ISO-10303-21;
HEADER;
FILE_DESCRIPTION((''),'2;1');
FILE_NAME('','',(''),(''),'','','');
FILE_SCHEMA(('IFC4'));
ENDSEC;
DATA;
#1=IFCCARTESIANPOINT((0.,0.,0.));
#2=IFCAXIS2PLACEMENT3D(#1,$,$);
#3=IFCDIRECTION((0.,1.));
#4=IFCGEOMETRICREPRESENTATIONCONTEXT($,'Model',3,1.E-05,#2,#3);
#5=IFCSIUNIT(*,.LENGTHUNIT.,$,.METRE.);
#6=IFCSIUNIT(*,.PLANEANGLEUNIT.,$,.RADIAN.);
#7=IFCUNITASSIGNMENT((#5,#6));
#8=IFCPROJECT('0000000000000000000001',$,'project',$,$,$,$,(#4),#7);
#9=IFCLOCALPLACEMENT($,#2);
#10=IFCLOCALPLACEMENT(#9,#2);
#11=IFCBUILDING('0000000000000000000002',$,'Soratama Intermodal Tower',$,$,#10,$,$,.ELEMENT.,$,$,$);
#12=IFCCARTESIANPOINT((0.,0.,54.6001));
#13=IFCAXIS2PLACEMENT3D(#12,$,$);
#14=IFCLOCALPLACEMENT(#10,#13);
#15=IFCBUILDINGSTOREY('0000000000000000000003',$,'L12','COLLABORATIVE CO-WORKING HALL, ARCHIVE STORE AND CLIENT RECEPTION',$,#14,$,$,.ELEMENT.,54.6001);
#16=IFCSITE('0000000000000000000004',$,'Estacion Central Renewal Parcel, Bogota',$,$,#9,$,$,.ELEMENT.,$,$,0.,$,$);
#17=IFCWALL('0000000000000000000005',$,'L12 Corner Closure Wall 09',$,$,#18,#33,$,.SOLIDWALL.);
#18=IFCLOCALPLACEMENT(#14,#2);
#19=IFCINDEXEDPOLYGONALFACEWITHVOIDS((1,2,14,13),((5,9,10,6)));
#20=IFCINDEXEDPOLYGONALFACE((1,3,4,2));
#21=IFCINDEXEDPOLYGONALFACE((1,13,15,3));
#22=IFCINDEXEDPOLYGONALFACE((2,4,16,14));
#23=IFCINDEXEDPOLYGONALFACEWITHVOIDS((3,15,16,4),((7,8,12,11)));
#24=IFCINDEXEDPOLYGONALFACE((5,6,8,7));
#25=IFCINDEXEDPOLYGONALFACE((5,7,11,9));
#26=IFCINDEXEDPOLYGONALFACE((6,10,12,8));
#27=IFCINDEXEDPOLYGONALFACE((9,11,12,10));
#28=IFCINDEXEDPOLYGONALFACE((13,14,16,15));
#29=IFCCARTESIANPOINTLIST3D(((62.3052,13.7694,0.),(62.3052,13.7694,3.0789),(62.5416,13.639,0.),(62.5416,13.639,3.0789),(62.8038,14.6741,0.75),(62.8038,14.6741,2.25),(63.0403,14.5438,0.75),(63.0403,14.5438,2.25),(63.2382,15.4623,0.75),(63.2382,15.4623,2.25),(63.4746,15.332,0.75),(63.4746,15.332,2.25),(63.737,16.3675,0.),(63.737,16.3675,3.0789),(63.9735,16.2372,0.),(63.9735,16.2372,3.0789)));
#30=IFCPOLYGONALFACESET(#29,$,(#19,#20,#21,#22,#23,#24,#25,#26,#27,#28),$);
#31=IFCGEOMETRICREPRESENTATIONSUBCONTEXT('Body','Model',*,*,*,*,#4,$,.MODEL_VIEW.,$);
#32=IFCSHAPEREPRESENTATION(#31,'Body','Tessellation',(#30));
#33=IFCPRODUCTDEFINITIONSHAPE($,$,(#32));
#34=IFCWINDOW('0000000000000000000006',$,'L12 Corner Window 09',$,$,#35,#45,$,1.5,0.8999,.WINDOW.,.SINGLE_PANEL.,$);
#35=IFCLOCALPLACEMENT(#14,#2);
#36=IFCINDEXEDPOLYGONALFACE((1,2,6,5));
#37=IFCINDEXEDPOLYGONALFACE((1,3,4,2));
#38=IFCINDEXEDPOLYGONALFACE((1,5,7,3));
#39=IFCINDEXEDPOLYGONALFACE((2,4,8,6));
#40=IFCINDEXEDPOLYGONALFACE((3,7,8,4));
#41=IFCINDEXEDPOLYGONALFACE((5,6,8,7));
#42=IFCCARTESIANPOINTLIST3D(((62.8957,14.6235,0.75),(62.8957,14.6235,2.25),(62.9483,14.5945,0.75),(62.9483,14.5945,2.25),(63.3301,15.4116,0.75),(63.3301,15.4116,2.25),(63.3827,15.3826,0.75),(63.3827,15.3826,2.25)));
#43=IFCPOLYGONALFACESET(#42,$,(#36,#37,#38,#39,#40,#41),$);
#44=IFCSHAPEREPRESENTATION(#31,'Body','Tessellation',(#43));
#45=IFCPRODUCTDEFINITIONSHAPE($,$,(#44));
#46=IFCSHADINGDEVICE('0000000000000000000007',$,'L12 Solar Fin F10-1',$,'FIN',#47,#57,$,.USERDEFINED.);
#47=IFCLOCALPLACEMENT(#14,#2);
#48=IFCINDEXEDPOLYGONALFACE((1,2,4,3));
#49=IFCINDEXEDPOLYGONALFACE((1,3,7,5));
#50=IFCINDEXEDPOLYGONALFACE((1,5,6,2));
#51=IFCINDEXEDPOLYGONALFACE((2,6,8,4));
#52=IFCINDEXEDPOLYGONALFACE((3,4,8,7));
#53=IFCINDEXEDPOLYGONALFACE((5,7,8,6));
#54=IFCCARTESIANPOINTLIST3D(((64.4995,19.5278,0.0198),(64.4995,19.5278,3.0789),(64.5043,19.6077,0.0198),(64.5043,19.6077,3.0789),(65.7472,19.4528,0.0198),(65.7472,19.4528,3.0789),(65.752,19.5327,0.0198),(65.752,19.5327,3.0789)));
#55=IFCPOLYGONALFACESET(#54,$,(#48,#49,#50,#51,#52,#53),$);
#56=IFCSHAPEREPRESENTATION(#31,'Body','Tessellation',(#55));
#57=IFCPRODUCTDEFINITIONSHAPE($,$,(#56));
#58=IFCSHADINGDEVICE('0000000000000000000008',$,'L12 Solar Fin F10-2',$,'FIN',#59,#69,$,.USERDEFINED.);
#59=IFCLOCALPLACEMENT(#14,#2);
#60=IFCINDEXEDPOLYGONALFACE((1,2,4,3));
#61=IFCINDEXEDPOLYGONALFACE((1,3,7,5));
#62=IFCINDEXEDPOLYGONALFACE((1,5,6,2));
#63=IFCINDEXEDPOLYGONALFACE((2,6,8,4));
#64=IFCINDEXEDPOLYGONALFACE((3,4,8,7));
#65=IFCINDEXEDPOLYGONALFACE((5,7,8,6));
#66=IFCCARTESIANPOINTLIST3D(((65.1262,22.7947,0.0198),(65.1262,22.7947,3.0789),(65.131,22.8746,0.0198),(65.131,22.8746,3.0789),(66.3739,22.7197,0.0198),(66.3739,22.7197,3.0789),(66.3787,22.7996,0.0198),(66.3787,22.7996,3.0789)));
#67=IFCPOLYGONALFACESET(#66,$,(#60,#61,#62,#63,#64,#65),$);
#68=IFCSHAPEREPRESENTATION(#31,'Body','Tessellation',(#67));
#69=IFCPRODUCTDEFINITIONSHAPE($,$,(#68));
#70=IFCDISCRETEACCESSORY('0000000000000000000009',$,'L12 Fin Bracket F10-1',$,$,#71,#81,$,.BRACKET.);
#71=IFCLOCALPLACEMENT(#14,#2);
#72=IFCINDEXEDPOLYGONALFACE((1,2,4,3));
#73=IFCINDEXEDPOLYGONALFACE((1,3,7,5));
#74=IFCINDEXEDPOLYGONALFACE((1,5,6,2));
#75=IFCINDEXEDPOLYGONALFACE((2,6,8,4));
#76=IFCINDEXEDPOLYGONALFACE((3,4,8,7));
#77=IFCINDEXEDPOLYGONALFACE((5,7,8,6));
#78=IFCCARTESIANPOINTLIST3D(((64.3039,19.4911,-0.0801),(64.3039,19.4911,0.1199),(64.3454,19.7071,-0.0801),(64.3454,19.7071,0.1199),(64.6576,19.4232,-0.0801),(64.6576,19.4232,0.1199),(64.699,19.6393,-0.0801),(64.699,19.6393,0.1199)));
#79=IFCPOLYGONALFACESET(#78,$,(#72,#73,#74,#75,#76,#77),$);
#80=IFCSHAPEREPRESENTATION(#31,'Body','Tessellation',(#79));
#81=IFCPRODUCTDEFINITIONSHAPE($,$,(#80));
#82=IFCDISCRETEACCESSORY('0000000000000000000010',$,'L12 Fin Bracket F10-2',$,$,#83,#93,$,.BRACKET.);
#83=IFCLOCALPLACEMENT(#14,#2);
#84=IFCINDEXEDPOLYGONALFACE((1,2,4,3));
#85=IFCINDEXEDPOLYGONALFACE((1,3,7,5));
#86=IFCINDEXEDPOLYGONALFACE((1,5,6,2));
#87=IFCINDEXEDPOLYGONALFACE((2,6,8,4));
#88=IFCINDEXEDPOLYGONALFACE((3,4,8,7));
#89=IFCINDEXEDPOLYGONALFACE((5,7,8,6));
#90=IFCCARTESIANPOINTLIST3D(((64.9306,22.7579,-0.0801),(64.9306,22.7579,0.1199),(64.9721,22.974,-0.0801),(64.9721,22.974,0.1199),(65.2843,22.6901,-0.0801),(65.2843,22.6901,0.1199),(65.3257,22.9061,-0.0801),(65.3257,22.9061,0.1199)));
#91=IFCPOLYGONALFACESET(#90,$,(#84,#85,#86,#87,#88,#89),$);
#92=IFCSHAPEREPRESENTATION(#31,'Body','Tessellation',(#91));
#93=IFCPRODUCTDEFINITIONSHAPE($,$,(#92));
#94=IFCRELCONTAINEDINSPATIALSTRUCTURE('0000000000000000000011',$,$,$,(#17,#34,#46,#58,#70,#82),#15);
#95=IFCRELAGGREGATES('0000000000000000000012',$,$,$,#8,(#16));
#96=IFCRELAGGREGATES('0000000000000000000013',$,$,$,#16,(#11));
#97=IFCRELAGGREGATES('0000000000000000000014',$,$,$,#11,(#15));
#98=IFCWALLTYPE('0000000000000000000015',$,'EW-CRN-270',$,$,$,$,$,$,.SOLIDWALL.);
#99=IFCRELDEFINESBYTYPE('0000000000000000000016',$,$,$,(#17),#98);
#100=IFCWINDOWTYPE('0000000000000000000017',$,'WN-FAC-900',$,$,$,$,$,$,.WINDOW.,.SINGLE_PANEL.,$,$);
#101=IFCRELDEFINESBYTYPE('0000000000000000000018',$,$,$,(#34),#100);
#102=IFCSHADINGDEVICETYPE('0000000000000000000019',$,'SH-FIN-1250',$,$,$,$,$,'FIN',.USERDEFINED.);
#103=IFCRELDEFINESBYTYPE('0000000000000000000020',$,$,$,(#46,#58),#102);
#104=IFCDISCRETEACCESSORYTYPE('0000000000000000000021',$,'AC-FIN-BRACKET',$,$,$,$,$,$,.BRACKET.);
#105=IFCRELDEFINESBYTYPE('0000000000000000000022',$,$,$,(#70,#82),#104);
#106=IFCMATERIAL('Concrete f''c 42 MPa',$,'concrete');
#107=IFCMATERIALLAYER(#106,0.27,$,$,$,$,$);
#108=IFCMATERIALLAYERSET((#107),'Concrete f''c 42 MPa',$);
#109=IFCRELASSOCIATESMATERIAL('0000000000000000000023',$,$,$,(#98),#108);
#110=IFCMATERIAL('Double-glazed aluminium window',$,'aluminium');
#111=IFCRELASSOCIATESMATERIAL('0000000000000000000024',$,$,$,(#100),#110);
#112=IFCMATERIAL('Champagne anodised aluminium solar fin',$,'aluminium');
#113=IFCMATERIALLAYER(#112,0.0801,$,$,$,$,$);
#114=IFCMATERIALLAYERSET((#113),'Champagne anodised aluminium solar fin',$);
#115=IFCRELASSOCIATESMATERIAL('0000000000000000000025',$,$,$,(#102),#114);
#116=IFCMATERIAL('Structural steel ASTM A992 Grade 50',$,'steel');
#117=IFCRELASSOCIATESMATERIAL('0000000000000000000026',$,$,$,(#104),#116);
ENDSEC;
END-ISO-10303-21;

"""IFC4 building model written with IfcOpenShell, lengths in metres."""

from ifc_helpers import new_model, si_unit, direction, frame, frame_2d, origin, origin_2d, place, context, subcontext, project, spatial, rectangle, extrude, material, layer, layer_set, type_object, element, fill, save


model = new_model("IFC4")

# Units and contexts
model_context = context("Model", 3, precision=1e-05, world=origin(), true_north=direction((0.0, 1.0)))
body_context = subcontext(model_context, "Body", "Model", "MODEL_VIEW")
ifc_project = project(units=[si_unit("LENGTHUNIT", "METRE"), si_unit("PLANEANGLEUNIT", "RADIAN")], contexts=[model_context])

# Site, building, storey
site_placement = place(None, origin())
site = spatial("IfcSite", under=ifc_project, at=site_placement, Name="Estacion Central Renewal Parcel, Bogota", CompositionType="ELEMENT", RefElevation=0.0)
building_placement = place(site_placement, origin())
building = spatial("IfcBuilding", under=site, at=building_placement, Name="Soratama Intermodal Tower", CompositionType="ELEMENT")
storey_placement = place(building_placement, frame((0.0, 0.0, 54.6001)))
storey = spatial("IfcBuildingStorey", under=building, at=storey_placement, Name="L12", Description="COLLABORATIVE CO-WORKING HALL, ARCHIVE STORE AND CLIENT RECEPTION", CompositionType="ELEMENT", Elevation=54.6001)

# Wall, opening, window
ifc_material_1 = material(Name="Concrete f'c 42 MPa", Category="concrete")
ifc_layer_1 = layer(ifc_material_1, 0.27)
ifc_layer_set_1 = layer_set([ifc_layer_1], Name="Concrete f'c 42 MPa")
wall_type = type_object("IfcWallType", Name="EW-CRN-270", PredefinedType="SOLIDWALL", material=ifc_layer_set_1)
wall_placement = place(storey_placement, frame((62.4233, 13.7041, 0.0), z_axis=(0.0, 0.0, 1.0), x_axis=(0.48267, 0.875802, 0.0)))
wall = element("IfcWall", 1, at=wall_placement, inside=storey, type_object=wall_type, Name="L12 Corner Closure Wall 09", PredefinedType="SOLIDWALL", context=body_context, shape_type="SweptSolid", body=[
    extrude(rectangle(XDim=2.9666, YDim=0.27, at=frame_2d((1.4834, 0.0))), origin(), (0.0, 0.0, 1.0), 3.0789),
])
opening_placement = place(wall_placement, frame((1.0332, 0.0, 0.75)))
opening = element("IfcOpeningElement", 2, at=opening_placement, cuts=wall, PredefinedType="OPENING", context=body_context, shape_type="SweptSolid", body=[
    extrude(rectangle(XDim=0.8999, YDim=1.5, at=frame_2d((0.45, 0.75))), frame((0.0, 0.145, 0.0), z_axis=(0.0, -1.0, 0.0), x_axis=(1.0, 0.0, 0.0)), (0.0, 0.0, 1.0), 0.29),
])
ifc_material_2 = material(Name="Double-glazed aluminium window", Category="aluminium")
window_type = type_object("IfcWindowType", Name="WN-FAC-900", PartitioningType="SINGLE_PANEL", PredefinedType="WINDOW", material=ifc_material_2)
window_placement = place(opening_placement, origin())
window = element("IfcWindow", 3, at=window_placement, inside=storey, type_object=window_type, Name="L12 Corner Window 09", OverallHeight=1.5, OverallWidth=0.8999, PartitioningType="SINGLE_PANEL", PredefinedType="WINDOW", context=body_context, shape_type="SweptSolid", body=[
    extrude(rectangle(XDim=0.8999, YDim=1.5, at=frame_2d((0.45, 0.75))), frame((0.0, 0.03, 0.0), z_axis=(0.0, -1.0, 0.0), x_axis=(1.0, 0.0, 0.0)), (0.0, 0.0, 1.0), 0.0601),
])
fill(opening, window)

# Shading devices
ifc_material_3 = material(Name="Champagne anodised aluminium solar fin", Category="aluminium")
ifc_layer_2 = layer(ifc_material_3, 0.0801)
ifc_layer_set_2 = layer_set([ifc_layer_2], Name="Champagne anodised aluminium solar fin")
shading_device_type = type_object("IfcShadingDeviceType", Name="SH-FIN-1250", ElementType="FIN", PredefinedType="USERDEFINED", material=ifc_layer_set_2)
for number, where, z_axis, x_axis, name in (
    (4, (65.1257, 19.5303, 0.0198), (0.0, 0.0, 1.0), (0.998198, -0.060003, 0.0), "L12 Solar Fin F10-1"),
    (5, (65.7524, 22.7971, 0.0198), (0.0, 0.0, 1.0), (0.998198, -0.060003, 0.0), "L12 Solar Fin F10-2"),
):
    element("IfcShadingDevice", number, at=place(storey_placement, frame(where, z_axis=z_axis, x_axis=x_axis)), inside=storey, type_object=shading_device_type, Name=name, ObjectType="FIN", PredefinedType="USERDEFINED", context=body_context, shape_type="SweptSolid", body=[
        extrude(rectangle(XDim=1.25, YDim=0.0801, at=origin_2d()), origin(), (0.0, 0.0, 1.0), 3.0591),
    ])

# Discrete accessories
ifc_material_4 = material(Name="Structural steel ASTM A992 Grade 50", Category="steel")
discrete_accessory_type = type_object("IfcDiscreteAccessoryType", Name="AC-FIN-BRACKET", PredefinedType="BRACKET", material=ifc_material_4)
for number, where, z_axis, x_axis, name in (
    (6, (64.5015, 19.5652, -0.0801), (0.0, 0.0, 1.0), (0.98209, -0.18841, 0.0), "L12 Fin Bracket F10-1"),
    (7, (65.1282, 22.832, -0.0801), (0.0, 0.0, 1.0), (0.98209, -0.18841, 0.0), "L12 Fin Bracket F10-2"),
):
    element("IfcDiscreteAccessory", number, at=place(storey_placement, frame(where, z_axis=z_axis, x_axis=x_axis)), inside=storey, type_object=discrete_accessory_type, Name=name, PredefinedType="BRACKET", context=body_context, shape_type="SweptSolid", body=[
        extrude(rectangle(XDim=0.3601, YDim=0.22, at=origin_2d()), origin(), (0.0, 0.0, 1.0), 0.2),
    ])

save(model, "model.ifc")
